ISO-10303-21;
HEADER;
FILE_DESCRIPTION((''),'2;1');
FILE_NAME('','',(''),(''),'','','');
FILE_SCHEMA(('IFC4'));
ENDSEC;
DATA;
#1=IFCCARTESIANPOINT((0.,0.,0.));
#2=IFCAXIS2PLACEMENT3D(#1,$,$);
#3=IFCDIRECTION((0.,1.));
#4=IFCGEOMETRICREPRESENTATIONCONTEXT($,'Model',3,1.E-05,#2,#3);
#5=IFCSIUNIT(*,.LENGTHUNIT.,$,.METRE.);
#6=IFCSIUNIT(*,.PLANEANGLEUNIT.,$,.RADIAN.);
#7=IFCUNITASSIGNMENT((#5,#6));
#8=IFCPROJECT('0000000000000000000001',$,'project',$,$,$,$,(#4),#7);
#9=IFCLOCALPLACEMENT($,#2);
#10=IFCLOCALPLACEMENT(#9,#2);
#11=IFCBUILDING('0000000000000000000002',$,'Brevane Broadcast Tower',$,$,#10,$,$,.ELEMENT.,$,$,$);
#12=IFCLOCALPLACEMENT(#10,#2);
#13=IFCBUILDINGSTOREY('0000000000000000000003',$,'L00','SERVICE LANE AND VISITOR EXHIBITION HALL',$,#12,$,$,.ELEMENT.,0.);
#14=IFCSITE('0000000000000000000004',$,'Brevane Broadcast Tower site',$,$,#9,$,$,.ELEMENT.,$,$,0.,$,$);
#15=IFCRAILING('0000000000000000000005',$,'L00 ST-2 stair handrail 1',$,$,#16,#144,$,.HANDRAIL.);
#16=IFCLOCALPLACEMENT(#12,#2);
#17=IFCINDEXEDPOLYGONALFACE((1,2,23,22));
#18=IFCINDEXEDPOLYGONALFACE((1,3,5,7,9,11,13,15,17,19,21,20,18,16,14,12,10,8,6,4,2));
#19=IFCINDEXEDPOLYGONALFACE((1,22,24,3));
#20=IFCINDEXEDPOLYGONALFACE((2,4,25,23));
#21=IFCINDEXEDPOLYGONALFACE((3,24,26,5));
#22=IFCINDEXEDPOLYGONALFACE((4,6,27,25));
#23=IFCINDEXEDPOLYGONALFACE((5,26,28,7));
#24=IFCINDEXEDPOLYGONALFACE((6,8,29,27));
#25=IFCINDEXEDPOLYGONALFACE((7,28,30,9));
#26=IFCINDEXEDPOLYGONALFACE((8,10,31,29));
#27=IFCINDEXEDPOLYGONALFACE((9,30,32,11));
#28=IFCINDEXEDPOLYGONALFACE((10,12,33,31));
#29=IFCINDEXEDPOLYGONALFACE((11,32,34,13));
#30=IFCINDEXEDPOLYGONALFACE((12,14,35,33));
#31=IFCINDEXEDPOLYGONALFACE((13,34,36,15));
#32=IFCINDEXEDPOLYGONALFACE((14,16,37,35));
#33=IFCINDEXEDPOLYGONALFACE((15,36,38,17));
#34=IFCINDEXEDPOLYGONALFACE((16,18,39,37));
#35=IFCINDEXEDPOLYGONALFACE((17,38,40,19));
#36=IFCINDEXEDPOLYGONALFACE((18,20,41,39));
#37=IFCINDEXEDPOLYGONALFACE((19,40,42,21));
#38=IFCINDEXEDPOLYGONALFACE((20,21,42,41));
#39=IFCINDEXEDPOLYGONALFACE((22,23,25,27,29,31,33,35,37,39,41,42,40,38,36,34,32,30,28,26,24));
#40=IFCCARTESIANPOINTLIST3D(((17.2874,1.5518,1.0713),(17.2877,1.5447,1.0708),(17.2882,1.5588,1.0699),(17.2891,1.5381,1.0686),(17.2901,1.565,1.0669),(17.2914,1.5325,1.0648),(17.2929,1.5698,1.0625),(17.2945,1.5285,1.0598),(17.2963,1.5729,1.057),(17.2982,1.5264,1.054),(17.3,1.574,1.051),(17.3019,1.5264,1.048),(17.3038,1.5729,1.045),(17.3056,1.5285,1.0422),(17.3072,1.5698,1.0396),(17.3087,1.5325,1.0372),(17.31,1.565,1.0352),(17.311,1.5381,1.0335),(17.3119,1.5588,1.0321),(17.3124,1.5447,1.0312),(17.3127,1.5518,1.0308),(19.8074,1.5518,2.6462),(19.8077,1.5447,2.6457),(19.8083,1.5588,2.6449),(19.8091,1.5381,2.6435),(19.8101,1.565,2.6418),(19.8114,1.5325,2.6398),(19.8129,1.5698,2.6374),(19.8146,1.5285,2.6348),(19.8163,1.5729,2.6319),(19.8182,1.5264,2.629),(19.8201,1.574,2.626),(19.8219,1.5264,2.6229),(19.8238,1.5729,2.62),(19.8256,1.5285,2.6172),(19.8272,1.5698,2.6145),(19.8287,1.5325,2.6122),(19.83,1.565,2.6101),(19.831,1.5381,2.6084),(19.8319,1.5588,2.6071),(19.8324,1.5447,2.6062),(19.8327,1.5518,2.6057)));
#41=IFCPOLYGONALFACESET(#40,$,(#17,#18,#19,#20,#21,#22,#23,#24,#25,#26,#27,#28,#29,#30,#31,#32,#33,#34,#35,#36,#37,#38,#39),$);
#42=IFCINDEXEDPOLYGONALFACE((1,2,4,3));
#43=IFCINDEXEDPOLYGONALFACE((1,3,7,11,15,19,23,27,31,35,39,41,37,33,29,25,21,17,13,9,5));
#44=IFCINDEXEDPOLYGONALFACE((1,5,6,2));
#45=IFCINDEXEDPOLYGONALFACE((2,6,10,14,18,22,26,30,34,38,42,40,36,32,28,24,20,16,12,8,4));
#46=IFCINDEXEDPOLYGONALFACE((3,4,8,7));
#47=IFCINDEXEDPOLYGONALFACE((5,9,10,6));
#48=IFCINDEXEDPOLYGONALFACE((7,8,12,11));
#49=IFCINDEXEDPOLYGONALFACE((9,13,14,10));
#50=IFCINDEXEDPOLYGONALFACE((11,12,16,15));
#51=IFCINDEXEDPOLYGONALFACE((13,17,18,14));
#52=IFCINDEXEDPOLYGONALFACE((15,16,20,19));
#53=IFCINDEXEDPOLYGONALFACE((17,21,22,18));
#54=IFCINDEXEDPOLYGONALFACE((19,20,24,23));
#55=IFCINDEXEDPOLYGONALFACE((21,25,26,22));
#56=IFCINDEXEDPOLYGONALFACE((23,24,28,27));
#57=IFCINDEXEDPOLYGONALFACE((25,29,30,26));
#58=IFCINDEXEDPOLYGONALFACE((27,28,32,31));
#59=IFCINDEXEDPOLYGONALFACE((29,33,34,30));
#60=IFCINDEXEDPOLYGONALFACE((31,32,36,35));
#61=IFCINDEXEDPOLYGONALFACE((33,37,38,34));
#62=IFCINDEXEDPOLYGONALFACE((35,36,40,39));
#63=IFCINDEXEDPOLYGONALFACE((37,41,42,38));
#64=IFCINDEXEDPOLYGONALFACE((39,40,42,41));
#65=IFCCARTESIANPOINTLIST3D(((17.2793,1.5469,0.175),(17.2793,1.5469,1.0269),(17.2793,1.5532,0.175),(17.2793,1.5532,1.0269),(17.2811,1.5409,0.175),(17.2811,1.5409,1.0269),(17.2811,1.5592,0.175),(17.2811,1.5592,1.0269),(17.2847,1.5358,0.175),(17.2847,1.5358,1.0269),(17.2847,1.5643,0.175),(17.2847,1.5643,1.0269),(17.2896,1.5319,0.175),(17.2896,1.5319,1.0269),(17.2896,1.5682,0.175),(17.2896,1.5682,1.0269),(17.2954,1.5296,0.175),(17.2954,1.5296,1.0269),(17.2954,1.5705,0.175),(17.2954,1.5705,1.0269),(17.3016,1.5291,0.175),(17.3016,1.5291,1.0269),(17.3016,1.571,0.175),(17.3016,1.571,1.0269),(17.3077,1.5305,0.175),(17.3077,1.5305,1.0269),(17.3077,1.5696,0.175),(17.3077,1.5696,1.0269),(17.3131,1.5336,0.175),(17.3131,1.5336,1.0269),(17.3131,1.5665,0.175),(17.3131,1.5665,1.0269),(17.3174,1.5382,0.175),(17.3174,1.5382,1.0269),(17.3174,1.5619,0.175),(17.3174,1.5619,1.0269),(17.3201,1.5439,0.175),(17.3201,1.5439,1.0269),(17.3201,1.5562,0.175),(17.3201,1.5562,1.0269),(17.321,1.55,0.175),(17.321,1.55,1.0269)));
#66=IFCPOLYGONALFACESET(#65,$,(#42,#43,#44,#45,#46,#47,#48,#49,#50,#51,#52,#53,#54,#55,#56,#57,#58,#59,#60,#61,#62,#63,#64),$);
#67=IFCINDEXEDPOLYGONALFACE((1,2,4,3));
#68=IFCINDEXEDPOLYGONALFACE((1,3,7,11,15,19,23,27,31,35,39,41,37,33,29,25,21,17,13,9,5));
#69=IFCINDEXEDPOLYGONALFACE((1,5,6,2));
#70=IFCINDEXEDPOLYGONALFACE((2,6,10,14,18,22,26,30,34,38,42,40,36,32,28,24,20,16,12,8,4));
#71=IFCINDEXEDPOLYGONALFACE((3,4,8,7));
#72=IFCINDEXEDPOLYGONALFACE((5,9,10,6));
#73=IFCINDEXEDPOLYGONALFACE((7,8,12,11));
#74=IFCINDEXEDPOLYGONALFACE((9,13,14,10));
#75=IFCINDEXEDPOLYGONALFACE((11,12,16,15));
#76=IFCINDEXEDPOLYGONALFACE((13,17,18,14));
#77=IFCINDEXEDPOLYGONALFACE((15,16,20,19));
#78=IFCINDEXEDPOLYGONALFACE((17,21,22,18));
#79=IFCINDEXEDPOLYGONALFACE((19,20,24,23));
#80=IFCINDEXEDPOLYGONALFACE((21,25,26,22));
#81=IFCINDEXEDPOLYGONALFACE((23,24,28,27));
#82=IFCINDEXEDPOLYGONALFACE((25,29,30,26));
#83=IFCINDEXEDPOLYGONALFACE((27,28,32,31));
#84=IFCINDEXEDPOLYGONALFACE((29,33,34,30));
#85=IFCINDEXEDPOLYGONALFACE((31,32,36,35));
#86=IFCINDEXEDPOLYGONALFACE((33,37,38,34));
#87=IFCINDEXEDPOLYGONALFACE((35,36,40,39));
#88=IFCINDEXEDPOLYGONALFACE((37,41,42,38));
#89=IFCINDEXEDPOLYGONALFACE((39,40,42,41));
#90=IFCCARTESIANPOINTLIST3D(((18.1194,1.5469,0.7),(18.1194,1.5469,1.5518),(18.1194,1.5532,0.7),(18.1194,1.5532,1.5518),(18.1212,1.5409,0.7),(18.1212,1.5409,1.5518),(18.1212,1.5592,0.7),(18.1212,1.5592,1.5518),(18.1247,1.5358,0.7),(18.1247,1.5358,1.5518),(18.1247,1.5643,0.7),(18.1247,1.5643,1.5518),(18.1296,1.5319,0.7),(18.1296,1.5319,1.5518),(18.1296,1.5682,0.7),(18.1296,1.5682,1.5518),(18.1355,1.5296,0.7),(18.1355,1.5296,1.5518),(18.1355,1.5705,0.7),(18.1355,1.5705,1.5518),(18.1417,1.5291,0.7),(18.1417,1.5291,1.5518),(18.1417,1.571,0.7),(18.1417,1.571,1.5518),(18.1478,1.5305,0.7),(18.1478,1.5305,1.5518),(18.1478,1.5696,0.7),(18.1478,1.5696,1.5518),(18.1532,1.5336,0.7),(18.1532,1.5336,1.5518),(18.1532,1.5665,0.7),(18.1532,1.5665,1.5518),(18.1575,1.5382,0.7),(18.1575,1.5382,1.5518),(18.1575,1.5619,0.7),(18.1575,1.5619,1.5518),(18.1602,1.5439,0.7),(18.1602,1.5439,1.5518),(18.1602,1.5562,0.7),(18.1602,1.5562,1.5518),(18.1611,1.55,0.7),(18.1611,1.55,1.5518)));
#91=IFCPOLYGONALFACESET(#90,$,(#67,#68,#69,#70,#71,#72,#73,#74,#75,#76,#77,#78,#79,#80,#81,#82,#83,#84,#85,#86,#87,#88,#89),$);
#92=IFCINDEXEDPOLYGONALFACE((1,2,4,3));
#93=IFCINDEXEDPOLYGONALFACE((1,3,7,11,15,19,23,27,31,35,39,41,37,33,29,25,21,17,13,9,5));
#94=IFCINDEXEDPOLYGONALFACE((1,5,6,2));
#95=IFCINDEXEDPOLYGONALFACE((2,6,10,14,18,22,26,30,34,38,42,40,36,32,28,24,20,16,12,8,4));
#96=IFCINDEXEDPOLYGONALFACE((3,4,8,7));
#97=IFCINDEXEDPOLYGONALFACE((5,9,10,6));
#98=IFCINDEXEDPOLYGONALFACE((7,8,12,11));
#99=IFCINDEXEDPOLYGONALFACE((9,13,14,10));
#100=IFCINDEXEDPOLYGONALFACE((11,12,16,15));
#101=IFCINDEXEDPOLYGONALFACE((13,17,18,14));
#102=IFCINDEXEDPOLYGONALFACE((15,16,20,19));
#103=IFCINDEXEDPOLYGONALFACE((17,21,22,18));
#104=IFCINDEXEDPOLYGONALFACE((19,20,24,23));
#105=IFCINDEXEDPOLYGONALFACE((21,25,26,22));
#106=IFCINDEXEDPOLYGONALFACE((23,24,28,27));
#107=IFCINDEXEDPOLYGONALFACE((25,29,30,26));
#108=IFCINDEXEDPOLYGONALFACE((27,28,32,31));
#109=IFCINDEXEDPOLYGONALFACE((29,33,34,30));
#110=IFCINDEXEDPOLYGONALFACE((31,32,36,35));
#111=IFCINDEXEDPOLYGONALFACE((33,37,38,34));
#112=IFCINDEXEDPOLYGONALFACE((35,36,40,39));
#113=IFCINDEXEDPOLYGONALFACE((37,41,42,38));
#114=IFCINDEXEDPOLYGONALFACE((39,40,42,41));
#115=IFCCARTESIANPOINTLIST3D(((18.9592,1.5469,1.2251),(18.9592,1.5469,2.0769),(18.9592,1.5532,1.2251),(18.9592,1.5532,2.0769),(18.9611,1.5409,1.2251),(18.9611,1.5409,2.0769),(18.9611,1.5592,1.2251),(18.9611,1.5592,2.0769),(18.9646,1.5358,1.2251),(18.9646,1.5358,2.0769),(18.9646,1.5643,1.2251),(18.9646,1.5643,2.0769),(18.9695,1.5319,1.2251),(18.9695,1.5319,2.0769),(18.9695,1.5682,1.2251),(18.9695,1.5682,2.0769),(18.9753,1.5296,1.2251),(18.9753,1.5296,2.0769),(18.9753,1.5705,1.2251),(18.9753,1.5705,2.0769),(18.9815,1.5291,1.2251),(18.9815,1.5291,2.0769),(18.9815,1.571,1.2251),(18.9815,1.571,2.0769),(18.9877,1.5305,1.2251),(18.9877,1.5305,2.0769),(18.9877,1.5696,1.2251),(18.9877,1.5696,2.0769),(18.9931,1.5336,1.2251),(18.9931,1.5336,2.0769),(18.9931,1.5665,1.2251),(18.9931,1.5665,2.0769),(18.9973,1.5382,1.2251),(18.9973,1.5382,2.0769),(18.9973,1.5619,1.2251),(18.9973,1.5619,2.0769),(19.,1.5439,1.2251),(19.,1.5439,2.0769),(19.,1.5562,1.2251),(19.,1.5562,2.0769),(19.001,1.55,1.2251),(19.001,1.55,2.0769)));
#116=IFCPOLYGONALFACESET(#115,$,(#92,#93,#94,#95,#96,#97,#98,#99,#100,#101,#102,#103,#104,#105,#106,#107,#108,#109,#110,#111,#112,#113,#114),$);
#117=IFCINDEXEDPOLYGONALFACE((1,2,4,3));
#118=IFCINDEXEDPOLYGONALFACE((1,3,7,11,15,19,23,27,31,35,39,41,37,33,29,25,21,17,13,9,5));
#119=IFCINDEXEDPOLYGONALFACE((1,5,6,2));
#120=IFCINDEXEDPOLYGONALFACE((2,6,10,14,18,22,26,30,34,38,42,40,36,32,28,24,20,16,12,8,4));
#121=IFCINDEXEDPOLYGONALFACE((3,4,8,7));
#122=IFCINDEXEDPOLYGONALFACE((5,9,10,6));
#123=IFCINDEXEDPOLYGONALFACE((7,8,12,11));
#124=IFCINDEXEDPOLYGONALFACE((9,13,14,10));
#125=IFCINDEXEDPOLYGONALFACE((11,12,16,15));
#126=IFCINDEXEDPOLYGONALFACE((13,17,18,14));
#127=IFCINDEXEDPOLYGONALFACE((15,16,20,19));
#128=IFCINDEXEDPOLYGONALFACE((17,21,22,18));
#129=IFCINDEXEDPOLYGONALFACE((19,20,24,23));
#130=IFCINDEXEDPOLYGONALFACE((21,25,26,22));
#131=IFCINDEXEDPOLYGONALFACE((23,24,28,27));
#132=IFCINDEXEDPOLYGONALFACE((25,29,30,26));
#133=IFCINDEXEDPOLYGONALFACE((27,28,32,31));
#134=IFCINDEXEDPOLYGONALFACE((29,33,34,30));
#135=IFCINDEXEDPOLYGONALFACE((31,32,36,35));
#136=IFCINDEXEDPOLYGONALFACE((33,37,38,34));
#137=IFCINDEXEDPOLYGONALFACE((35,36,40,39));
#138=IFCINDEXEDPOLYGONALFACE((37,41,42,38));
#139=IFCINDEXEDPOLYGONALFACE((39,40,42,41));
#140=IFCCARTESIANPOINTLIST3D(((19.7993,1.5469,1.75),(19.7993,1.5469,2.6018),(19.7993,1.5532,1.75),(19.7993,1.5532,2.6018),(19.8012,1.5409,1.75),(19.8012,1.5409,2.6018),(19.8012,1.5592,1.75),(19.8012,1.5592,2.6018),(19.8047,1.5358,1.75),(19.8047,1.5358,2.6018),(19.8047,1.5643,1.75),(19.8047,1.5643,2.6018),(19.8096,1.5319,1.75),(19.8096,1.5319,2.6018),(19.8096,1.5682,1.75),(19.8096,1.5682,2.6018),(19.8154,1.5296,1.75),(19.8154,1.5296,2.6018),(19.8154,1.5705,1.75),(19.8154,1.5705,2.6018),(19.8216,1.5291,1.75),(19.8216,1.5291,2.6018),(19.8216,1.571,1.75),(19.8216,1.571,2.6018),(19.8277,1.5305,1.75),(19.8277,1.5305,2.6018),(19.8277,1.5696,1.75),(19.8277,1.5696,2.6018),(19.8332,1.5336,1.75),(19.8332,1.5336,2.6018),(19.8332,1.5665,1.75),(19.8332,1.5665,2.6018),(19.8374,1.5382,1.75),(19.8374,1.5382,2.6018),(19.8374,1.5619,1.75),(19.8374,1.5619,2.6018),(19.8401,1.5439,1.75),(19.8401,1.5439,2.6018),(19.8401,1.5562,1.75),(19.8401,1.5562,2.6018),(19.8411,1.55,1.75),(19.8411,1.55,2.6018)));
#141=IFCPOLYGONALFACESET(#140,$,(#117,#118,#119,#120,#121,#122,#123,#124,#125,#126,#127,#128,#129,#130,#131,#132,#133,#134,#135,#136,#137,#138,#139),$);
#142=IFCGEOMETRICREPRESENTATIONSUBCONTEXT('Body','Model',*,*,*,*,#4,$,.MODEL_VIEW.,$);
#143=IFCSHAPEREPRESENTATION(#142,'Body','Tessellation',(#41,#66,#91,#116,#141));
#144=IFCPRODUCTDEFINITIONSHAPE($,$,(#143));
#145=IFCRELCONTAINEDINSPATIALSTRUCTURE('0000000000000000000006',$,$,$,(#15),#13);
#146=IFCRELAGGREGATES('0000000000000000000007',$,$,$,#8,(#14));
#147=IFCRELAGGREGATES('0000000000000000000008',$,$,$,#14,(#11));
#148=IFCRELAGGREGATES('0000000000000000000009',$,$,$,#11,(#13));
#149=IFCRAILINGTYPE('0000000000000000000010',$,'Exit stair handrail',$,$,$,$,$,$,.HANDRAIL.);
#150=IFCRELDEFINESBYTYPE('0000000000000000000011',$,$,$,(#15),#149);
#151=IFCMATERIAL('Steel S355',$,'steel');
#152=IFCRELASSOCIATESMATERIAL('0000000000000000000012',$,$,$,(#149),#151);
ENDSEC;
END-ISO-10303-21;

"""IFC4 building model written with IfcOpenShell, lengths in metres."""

from ifc_helpers import new_model, si_unit, direction, frame, origin, origin_2d, place, context, subcontext, project, spatial, circle, extrude, material, type_object, element, save


model = new_model("IFC4")

# Units and contexts
model_context = context("Model", 3, precision=1e-05, world=origin(), true_north=direction((0.0, 1.0)))
body_context = subcontext(model_context, "Body", "Model", "MODEL_VIEW")
ifc_project = project(units=[si_unit("LENGTHUNIT", "METRE"), si_unit("PLANEANGLEUNIT", "RADIAN")], contexts=[model_context])

# Site, building, storey
site_placement = place(None, origin())
site = spatial("IfcSite", under=ifc_project, at=site_placement, Name="Brevane Broadcast Tower site", CompositionType="ELEMENT", RefElevation=0.0)
building_placement = place(site_placement, origin())
building = spatial("IfcBuilding", under=site, at=building_placement, Name="Brevane Broadcast Tower", CompositionType="ELEMENT")
storey_placement = place(building_placement, origin())
storey = spatial("IfcBuildingStorey", under=building, at=storey_placement, Name="L00", Description="SERVICE LANE AND VISITOR EXHIBITION HALL", CompositionType="ELEMENT", Elevation=0.0)

# Railing
ifc_material_1 = material(Name="Steel S355", Category="steel")
railing_type_1 = type_object("IfcRailingType", Name="Exit stair handrail", PredefinedType="HANDRAIL", material=ifc_material_1)
for number, where, name in (
    (1, (17.3, 1.55, 0.175), "L00 ST-2 stair handrail 1"),
):
    element("IfcRailing", number, at=place(storey_placement, frame(where)), inside=storey, type_object=railing_type_1, Name=name, PredefinedType="HANDRAIL", context=body_context, shape_type="SweptSolid", body=[
        extrude(circle(Radius=0.0239, at=origin_2d()), frame((0.0, 0.0, 0.876), z_axis=(0.848008, 0.0, 0.529984), x_axis=(0.0, 1.0, 0.0)), (0.0, 0.0, 1.0), 2.9717),
        extrude(circle(Radius=0.021, at=origin_2d()), origin(), (0.0, 0.0, 1.0), 0.8518),
        extrude(circle(Radius=0.021, at=origin_2d()), frame((0.8401, 0.0, 0.5249)), (0.0, 0.0, 1.0), 0.8518),
        extrude(circle(Radius=0.021, at=origin_2d()), frame((1.6799, 0.0, 1.05)), (0.0, 0.0, 1.0), 0.8518),
        extrude(circle(Radius=0.021, at=origin_2d()), frame((2.52, 0.0, 1.575)), (0.0, 0.0, 1.0), 0.8518),
    ])

save(model, "model.ifc")
